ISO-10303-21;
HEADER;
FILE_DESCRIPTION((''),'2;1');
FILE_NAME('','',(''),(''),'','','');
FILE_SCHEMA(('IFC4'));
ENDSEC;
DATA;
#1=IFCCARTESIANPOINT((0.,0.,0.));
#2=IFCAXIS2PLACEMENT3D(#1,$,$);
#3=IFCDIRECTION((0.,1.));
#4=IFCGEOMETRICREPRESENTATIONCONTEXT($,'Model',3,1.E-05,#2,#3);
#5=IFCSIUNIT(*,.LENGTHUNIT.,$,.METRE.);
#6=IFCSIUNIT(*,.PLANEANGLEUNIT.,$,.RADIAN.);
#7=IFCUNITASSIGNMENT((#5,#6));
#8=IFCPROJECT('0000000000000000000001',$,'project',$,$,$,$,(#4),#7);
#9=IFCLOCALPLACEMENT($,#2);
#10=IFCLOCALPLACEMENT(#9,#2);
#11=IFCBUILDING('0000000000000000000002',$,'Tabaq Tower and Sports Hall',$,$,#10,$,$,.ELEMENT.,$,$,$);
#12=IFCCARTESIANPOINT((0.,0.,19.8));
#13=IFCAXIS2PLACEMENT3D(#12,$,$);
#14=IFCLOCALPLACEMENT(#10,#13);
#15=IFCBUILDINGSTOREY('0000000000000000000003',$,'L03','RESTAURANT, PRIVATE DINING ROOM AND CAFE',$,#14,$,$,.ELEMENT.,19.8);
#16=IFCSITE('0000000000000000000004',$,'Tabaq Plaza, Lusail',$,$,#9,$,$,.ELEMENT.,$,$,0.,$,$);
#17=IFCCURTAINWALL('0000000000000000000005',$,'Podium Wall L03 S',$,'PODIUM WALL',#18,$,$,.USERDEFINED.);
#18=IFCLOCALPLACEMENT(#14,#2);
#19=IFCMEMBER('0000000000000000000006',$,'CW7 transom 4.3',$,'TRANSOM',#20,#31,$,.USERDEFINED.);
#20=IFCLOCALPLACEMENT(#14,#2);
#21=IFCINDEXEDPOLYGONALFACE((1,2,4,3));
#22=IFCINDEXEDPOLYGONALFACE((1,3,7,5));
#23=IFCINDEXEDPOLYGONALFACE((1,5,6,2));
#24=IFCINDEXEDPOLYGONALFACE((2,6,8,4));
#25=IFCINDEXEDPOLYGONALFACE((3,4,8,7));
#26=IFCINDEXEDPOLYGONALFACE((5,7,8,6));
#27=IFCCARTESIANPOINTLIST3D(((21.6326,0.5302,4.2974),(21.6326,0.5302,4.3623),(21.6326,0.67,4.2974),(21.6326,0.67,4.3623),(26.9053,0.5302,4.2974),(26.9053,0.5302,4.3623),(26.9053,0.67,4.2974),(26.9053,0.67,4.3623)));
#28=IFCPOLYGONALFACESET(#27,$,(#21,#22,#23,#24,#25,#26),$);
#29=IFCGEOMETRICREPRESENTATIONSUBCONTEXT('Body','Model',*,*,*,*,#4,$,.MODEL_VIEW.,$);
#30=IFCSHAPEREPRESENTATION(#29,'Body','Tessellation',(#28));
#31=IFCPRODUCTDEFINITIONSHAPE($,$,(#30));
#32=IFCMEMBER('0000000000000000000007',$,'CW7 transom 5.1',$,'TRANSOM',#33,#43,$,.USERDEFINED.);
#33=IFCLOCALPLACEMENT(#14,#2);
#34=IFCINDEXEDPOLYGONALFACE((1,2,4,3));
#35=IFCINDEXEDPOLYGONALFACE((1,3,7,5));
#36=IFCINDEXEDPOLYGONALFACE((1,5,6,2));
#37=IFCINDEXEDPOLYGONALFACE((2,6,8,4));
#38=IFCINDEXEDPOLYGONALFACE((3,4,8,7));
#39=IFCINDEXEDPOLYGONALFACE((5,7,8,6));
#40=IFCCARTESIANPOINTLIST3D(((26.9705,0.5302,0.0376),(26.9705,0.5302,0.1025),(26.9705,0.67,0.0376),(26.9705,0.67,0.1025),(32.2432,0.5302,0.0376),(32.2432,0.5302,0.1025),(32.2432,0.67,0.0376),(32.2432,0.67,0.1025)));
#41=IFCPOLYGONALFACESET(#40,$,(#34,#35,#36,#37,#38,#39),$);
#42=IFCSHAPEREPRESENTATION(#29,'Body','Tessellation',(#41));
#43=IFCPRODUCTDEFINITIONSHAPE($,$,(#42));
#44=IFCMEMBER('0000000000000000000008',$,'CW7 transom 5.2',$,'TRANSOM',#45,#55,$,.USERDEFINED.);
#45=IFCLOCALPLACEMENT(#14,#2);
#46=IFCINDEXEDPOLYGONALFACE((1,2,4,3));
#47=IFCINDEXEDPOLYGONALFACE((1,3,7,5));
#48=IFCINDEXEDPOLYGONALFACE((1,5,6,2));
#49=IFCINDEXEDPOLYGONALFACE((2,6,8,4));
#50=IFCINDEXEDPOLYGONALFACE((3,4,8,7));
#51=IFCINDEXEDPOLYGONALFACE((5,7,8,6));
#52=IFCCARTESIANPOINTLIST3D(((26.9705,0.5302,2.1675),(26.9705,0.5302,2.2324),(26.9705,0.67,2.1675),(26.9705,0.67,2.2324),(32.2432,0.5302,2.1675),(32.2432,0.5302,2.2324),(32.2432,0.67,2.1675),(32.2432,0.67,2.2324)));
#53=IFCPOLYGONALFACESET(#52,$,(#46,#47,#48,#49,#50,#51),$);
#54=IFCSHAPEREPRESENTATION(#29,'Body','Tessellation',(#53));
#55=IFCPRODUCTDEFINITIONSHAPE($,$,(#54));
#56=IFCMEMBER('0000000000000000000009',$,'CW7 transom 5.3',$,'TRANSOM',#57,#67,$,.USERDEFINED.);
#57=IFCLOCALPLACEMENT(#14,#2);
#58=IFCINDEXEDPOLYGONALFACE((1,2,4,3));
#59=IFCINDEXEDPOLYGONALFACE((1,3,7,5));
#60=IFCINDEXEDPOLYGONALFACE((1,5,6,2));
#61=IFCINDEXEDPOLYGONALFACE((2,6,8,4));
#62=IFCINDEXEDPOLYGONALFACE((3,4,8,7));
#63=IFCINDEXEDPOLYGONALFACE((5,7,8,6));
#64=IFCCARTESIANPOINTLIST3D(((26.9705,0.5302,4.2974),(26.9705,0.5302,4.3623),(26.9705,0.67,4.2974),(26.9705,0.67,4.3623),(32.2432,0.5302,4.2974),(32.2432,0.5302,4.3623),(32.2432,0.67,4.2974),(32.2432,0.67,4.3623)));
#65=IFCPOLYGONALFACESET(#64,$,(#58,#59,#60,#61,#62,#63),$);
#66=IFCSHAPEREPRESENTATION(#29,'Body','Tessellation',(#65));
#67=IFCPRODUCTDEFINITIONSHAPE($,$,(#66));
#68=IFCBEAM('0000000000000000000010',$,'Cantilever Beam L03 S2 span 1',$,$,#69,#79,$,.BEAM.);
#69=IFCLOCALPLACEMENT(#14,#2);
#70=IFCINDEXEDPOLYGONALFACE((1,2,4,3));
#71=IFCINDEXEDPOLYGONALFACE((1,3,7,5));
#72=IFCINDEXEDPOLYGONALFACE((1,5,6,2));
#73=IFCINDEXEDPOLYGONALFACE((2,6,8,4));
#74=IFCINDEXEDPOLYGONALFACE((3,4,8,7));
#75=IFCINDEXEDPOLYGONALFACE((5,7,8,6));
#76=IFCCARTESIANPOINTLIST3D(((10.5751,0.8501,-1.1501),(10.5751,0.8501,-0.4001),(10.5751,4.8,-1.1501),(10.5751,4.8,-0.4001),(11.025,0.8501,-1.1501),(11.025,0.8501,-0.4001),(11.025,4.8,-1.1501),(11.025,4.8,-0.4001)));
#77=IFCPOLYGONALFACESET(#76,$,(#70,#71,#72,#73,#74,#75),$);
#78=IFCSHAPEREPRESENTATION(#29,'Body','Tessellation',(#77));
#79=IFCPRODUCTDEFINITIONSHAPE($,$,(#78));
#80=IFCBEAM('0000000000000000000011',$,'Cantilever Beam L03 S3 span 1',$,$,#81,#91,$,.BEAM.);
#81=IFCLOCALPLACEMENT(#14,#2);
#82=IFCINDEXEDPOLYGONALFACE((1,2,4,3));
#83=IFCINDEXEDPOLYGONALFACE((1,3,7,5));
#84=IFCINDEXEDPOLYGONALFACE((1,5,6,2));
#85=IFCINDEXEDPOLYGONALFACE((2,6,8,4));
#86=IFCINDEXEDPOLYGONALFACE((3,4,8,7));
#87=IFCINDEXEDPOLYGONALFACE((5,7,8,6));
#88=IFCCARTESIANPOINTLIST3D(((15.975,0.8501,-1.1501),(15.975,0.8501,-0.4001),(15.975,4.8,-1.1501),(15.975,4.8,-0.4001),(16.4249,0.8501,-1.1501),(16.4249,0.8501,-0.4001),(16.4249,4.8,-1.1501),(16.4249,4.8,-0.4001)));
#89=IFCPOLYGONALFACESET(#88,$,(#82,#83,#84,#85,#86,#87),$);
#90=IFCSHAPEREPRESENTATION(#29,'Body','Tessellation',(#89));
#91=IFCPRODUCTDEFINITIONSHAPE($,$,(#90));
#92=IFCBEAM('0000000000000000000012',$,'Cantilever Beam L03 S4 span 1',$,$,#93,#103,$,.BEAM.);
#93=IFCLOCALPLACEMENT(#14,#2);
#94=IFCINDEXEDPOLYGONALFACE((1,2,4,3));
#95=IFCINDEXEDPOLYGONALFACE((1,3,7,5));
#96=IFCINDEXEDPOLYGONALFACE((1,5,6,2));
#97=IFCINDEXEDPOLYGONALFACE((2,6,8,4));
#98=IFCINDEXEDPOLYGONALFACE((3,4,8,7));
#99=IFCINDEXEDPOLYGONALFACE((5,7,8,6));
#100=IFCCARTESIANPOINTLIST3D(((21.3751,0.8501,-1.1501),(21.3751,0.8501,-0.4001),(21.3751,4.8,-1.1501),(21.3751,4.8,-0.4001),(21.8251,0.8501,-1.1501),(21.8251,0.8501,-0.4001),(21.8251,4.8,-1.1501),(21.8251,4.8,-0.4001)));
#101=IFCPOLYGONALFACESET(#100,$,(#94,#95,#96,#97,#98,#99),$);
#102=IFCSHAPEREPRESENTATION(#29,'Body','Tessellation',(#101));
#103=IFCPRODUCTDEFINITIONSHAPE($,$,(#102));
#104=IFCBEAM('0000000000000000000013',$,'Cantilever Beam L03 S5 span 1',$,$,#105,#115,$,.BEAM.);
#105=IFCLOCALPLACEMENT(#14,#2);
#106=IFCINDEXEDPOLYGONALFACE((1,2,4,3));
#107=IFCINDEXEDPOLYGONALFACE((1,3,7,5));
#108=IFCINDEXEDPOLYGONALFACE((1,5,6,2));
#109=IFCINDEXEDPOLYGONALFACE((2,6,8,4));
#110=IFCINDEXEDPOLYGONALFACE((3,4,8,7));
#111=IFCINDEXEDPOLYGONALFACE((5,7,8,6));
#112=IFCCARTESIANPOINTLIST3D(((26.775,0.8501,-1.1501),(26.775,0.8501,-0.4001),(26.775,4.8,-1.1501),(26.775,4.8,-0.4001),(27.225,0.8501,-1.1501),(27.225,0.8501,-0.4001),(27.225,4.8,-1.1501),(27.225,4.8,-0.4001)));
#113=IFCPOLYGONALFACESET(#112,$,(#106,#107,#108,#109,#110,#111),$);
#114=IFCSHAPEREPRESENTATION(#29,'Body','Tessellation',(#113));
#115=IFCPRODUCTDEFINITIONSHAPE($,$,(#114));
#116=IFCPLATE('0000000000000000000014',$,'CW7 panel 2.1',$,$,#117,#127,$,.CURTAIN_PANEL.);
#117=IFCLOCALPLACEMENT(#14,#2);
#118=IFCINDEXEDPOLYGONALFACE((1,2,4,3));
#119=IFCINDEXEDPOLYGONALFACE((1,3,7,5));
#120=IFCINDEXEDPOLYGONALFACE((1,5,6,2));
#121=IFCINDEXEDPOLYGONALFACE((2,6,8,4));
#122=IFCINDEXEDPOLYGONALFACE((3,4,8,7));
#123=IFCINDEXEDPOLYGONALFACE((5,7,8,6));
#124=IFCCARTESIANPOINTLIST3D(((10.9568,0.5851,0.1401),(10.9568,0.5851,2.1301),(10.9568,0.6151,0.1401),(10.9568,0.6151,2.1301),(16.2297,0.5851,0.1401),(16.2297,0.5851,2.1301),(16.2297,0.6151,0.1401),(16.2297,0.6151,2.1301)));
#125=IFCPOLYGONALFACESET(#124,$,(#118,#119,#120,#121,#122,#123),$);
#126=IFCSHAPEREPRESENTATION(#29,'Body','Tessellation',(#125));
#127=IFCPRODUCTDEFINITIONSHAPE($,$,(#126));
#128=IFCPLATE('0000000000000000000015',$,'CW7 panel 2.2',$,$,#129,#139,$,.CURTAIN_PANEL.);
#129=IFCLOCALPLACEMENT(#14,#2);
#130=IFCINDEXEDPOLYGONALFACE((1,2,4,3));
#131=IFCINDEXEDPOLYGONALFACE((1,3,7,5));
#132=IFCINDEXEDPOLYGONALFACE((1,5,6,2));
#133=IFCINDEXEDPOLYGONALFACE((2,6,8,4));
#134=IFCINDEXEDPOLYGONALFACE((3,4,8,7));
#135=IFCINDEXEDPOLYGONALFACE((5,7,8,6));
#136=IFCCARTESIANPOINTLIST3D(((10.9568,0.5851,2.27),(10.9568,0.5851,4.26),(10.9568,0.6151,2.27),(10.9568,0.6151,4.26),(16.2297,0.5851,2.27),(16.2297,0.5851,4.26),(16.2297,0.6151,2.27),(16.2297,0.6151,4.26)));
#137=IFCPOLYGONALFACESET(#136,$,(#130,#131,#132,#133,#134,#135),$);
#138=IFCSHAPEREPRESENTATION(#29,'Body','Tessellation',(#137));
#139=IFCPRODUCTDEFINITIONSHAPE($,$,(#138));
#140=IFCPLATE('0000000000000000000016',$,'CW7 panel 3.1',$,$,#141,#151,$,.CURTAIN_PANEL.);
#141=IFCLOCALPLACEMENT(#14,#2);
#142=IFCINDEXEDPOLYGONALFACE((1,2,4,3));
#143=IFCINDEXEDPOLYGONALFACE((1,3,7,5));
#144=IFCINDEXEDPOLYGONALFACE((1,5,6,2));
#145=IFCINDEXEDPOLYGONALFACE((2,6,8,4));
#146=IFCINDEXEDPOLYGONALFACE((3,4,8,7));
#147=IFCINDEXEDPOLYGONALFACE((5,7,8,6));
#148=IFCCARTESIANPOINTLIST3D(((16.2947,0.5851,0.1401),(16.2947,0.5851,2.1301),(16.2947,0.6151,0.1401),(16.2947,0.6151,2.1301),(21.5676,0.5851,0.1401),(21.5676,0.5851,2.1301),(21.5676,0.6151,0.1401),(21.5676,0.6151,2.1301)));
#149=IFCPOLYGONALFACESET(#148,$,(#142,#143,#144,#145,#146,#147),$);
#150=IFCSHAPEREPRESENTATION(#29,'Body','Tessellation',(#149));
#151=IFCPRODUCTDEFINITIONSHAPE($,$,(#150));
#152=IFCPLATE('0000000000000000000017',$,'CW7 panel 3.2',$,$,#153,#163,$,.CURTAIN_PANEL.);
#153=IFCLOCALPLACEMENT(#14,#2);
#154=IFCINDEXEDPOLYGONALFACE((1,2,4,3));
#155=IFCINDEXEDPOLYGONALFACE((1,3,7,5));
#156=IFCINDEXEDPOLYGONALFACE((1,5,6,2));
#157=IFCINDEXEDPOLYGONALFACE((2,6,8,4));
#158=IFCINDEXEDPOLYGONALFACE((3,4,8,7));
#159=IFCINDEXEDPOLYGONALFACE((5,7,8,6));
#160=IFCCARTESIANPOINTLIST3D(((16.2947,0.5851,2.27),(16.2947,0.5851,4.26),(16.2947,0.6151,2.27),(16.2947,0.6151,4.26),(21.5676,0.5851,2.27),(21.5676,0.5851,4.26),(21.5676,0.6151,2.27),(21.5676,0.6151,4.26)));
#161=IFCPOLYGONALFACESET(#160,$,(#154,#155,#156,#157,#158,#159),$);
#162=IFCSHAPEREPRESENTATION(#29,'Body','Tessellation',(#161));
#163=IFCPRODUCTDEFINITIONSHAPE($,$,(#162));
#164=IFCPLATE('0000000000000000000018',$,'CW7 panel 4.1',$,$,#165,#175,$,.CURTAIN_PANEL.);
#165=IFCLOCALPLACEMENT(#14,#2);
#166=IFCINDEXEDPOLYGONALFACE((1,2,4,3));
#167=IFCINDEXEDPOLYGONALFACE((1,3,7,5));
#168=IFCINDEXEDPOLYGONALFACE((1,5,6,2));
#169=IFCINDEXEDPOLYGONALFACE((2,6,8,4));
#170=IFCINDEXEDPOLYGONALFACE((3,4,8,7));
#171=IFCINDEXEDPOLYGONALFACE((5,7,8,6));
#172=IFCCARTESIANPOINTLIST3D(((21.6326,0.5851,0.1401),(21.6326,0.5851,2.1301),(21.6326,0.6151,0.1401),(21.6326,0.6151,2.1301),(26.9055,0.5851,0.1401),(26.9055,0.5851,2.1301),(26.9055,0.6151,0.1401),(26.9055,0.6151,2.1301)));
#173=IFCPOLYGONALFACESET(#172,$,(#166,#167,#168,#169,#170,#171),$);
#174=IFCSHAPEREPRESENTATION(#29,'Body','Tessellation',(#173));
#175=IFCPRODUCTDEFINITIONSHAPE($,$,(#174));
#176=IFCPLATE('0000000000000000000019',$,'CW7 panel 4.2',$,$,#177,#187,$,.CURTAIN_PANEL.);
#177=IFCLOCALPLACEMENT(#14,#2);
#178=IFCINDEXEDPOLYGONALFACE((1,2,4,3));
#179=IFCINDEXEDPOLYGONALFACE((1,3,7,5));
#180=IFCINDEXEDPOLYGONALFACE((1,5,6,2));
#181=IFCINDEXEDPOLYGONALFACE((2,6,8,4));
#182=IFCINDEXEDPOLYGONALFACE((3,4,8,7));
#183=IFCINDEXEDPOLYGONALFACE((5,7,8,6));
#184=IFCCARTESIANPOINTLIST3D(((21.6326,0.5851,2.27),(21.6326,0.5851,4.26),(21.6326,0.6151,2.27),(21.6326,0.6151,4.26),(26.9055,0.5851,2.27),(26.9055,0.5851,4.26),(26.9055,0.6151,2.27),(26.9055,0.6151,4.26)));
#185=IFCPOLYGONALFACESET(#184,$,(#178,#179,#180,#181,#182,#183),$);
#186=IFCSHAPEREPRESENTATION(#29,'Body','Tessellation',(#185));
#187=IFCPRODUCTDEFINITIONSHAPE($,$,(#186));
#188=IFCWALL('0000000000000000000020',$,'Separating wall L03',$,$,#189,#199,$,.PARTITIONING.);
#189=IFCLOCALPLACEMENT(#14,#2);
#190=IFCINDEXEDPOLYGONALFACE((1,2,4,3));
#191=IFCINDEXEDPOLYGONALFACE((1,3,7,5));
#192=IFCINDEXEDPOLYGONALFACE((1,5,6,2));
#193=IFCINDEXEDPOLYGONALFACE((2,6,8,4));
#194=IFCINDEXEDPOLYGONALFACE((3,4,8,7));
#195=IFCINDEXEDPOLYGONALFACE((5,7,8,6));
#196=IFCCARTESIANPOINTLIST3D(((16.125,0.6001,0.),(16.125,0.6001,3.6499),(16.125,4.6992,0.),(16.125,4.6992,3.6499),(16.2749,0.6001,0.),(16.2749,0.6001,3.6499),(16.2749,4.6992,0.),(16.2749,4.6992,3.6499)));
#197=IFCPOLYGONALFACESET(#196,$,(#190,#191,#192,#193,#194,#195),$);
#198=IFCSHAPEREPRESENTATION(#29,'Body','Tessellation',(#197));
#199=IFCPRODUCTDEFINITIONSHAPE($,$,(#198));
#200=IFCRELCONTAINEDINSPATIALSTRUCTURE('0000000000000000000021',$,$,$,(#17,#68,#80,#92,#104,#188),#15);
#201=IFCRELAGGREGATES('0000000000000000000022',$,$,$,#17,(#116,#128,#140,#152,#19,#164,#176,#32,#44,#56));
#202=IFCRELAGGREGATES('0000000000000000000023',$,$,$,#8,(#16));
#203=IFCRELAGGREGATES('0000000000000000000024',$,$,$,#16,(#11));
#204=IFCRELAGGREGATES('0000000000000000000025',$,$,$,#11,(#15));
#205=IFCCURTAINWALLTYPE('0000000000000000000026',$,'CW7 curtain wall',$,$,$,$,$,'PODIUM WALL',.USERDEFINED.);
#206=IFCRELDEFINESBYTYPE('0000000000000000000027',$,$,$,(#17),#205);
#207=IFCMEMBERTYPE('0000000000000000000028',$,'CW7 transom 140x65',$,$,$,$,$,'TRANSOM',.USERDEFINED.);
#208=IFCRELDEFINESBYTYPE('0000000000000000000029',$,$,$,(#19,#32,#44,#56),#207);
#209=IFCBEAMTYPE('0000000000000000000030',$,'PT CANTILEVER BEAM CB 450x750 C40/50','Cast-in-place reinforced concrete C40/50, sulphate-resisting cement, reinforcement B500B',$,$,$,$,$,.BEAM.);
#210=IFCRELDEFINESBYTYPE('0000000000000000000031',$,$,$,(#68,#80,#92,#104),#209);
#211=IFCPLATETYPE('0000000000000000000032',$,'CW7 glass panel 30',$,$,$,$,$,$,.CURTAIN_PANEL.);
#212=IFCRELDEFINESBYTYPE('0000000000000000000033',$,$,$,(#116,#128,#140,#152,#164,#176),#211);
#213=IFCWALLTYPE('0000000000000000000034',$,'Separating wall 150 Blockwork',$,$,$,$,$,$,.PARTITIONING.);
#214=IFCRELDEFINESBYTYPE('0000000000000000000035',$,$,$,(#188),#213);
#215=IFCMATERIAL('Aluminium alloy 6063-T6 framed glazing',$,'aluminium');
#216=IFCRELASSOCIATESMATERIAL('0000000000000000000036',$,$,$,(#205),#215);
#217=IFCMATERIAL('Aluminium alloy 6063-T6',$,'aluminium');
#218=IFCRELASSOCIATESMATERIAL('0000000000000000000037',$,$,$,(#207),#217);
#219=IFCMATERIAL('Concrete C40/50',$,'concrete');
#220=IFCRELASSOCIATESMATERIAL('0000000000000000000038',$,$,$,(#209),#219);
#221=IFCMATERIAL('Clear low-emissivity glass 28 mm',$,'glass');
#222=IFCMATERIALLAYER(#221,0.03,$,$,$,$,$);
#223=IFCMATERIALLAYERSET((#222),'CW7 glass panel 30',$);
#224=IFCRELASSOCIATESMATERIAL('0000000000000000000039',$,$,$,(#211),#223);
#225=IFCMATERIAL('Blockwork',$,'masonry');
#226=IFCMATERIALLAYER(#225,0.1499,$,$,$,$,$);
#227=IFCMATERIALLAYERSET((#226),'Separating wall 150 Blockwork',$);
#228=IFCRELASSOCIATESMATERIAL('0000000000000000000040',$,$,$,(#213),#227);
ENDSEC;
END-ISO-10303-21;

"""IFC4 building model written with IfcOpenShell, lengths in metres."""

from ifc_helpers import new_model, si_unit, direction, frame, frame_2d, origin, origin_2d, place, context, subcontext, project, spatial, rectangle, extrude, material, layer, layer_set, material_profile, profile_set, type_object, element, aggregate, save


model = new_model("IFC4")

# Units and contexts
model_context = context("Model", 3, precision=1e-05, world=origin(), true_north=direction((0.0, 1.0)))
body_context = subcontext(model_context, "Body", "Model", "MODEL_VIEW")
ifc_project = project(units=[si_unit("LENGTHUNIT", "METRE"), si_unit("PLANEANGLEUNIT", "RADIAN")], contexts=[model_context])

# Site, building, storey
site_placement = place(None, origin())
site = spatial("IfcSite", under=ifc_project, at=site_placement, Name="Tabaq Plaza, Lusail", CompositionType="ELEMENT", RefElevation=0.0)
building_placement = place(site_placement, origin())
building = spatial("IfcBuilding", under=site, at=building_placement, Name="Tabaq Tower and Sports Hall", CompositionType="ELEMENT")
storey_placement = place(building_placement, frame((0.0, 0.0, 19.8)))
storey = spatial("IfcBuildingStorey", under=building, at=storey_placement, Name="L03", Description="RESTAURANT, PRIVATE DINING ROOM AND CAFE", CompositionType="ELEMENT", Elevation=19.8)

# Curtain wall, members
ifc_material_1 = material(Name="Aluminium alloy 6063-T6 framed glazing", Category="aluminium")
curtain_wall_type = type_object("IfcCurtainWallType", Name="CW7 curtain wall", ElementType="PODIUM WALL", PredefinedType="USERDEFINED", material=ifc_material_1)
curtain_wall_placement = place(storey_placement, origin())
curtain_wall = element("IfcCurtainWall", 1, at=curtain_wall_placement, inside=storey, type_object=curtain_wall_type, Name="Podium Wall L03 S", ObjectType="PODIUM WALL", PredefinedType="USERDEFINED")
ifc_material_2 = material(Name="Aluminium alloy 6063-T6", Category="aluminium")
ifc_material_profile_1 = material_profile(ifc_material_2, rectangle(XDim=0.1399, YDim=0.0649, at=origin_2d()), Name="TRANSOM 140x65")
ifc_profile_set_1 = profile_set([ifc_material_profile_1], Name="Aluminium alloy 6063-T6")
member_type_1 = type_object("IfcMemberType", Name="CW7 transom 140x65", ElementType="TRANSOM", PredefinedType="USERDEFINED", material=ifc_profile_set_1)
member_1_placement = place(storey_placement, frame((21.6326, 0.6001, 4.3298), z_axis=(1.0, 0.0, 0.0), x_axis=(0.0, 1.0, 0.0)))
member_1 = element("IfcMember", 2, at=member_1_placement, type_object=member_type_1, Name="CW7 transom 4.3", ObjectType="TRANSOM", PredefinedType="USERDEFINED", context=body_context, shape_type="SweptSolid", body=[
    extrude(rectangle(XDim=0.1399, YDim=0.0649, at=origin_2d()), origin(), (0.0, 0.0, 1.0), 5.2727),
])
member_2_placement = place(storey_placement, frame((26.9705, 0.6001, 0.0701), z_axis=(1.0, 0.0, 0.0), x_axis=(0.0, 1.0, 0.0)))
member_2 = element("IfcMember", 3, at=member_2_placement, type_object=member_type_1, Name="CW7 transom 5.1", ObjectType="TRANSOM", PredefinedType="USERDEFINED", context=body_context, shape_type="SweptSolid", body=[
    extrude(rectangle(XDim=0.1399, YDim=0.0649, at=origin_2d()), origin(), (0.0, 0.0, 1.0), 5.2727),
])
member_3_placement = place(storey_placement, frame((26.9705, 0.6001, 2.2), z_axis=(1.0, 0.0, 0.0), x_axis=(0.0, 1.0, 0.0)))
member_3 = element("IfcMember", 4, at=member_3_placement, type_object=member_type_1, Name="CW7 transom 5.2", ObjectType="TRANSOM", PredefinedType="USERDEFINED", context=body_context, shape_type="SweptSolid", body=[
    extrude(rectangle(XDim=0.1399, YDim=0.0649, at=origin_2d()), origin(), (0.0, 0.0, 1.0), 5.2727),
])
member_4_placement = place(storey_placement, frame((26.9705, 0.6001, 4.3298), z_axis=(1.0, 0.0, 0.0), x_axis=(0.0, 1.0, 0.0)))
member_4 = element("IfcMember", 5, at=member_4_placement, type_object=member_type_1, Name="CW7 transom 5.3", ObjectType="TRANSOM", PredefinedType="USERDEFINED", context=body_context, shape_type="SweptSolid", body=[
    extrude(rectangle(XDim=0.1399, YDim=0.0649, at=origin_2d()), origin(), (0.0, 0.0, 1.0), 5.2727),
])

# Beams
ifc_material_3 = material(Name="Concrete C40/50", Category="concrete")
ifc_material_profile_2 = material_profile(ifc_material_3, rectangle(XDim=0.45, YDim=0.75, at=origin_2d()), Name="CB 450x750")
ifc_profile_set_2 = profile_set([ifc_material_profile_2], Name="Concrete C40/50")
beam_type = type_object("IfcBeamType", Name="PT CANTILEVER BEAM CB 450x750 C40/50", Description="Cast-in-place reinforced concrete C40/50, sulphate-resisting cement, reinforcement B500B", PredefinedType="BEAM", material=ifc_profile_set_2)
for number, where, z_axis, x_axis, name in (
    (6, (10.8, 0.8501, -0.7751), (0.0, 1.0, 0.0), (-1.0, 0.0, 0.0), "Cantilever Beam L03 S2 span 1"),
    (7, (16.2, 0.8501, -0.7751), (0.0, 1.0, 0.0), (-1.0, 0.0, 0.0), "Cantilever Beam L03 S3 span 1"),
    (8, (21.6001, 0.8501, -0.7751), (0.0, 1.0, 0.0), (-1.0, 0.0, 0.0), "Cantilever Beam L03 S4 span 1"),
    (9, (27.0, 0.8501, -0.7751), (0.0, 1.0, 0.0), (-1.0, 0.0, 0.0), "Cantilever Beam L03 S5 span 1"),
):
    element("IfcBeam", number, at=place(storey_placement, frame(where, z_axis=z_axis, x_axis=x_axis)), inside=storey, type_object=beam_type, Name=name, PredefinedType="BEAM", context=body_context, shape_type="SweptSolid", body=[
        extrude(rectangle(XDim=0.45, YDim=0.75, at=origin_2d()), origin(), (0.0, 0.0, 1.0), 3.95),
    ])

# Plates
ifc_material_4 = material(Name="Clear low-emissivity glass 28 mm", Category="glass")
ifc_layer_1 = layer(ifc_material_4, 0.03)
ifc_layer_set_1 = layer_set([ifc_layer_1], Name="CW7 glass panel 30")
plate_type = type_object("IfcPlateType", Name="CW7 glass panel 30", PredefinedType="CURTAIN_PANEL", material=ifc_layer_set_1)
plate_1_placement = place(storey_placement, frame((13.5933, 0.6001, 0.1401), z_axis=(0.0, 0.0, 1.0), x_axis=(1.0, 0.0, 0.0)))
plate_1 = element("IfcPlate", 10, at=plate_1_placement, type_object=plate_type, Name="CW7 panel 2.1", PredefinedType="CURTAIN_PANEL", context=body_context, shape_type="SweptSolid", body=[
    extrude(rectangle(XDim=5.2729, YDim=0.03, at=origin_2d()), origin(), (0.0, 0.0, 1.0), 1.99),
])
plate_2_placement = place(storey_placement, frame((13.5933, 0.6001, 2.27), z_axis=(0.0, 0.0, 1.0), x_axis=(1.0, 0.0, 0.0)))
plate_2 = element("IfcPlate", 11, at=plate_2_placement, type_object=plate_type, Name="CW7 panel 2.2", PredefinedType="CURTAIN_PANEL", context=body_context, shape_type="SweptSolid", body=[
    extrude(rectangle(XDim=5.2729, YDim=0.03, at=origin_2d()), origin(), (0.0, 0.0, 1.0), 1.99),
])
plate_3_placement = place(storey_placement, frame((18.9312, 0.6001, 0.1401), z_axis=(0.0, 0.0, 1.0), x_axis=(1.0, 0.0, 0.0)))
plate_3 = element("IfcPlate", 12, at=plate_3_placement, type_object=plate_type, Name="CW7 panel 3.1", PredefinedType="CURTAIN_PANEL", context=body_context, shape_type="SweptSolid", body=[
    extrude(rectangle(XDim=5.2729, YDim=0.03, at=origin_2d()), origin(), (0.0, 0.0, 1.0), 1.99),
])
plate_4_placement = place(storey_placement, frame((18.9312, 0.6001, 2.27), z_axis=(0.0, 0.0, 1.0), x_axis=(1.0, 0.0, 0.0)))
plate_4 = element("IfcPlate", 13, at=plate_4_placement, type_object=plate_type, Name="CW7 panel 3.2", PredefinedType="CURTAIN_PANEL", context=body_context, shape_type="SweptSolid", body=[
    extrude(rectangle(XDim=5.2729, YDim=0.03, at=origin_2d()), origin(), (0.0, 0.0, 1.0), 1.99),
])
plate_5_placement = place(storey_placement, frame((24.269, 0.6001, 0.1401), z_axis=(0.0, 0.0, 1.0), x_axis=(1.0, 0.0, 0.0)))
plate_5 = element("IfcPlate", 14, at=plate_5_placement, type_object=plate_type, Name="CW7 panel 4.1", PredefinedType="CURTAIN_PANEL", context=body_context, shape_type="SweptSolid", body=[
    extrude(rectangle(XDim=5.2729, YDim=0.03, at=origin_2d()), origin(), (0.0, 0.0, 1.0), 1.99),
])
plate_6_placement = place(storey_placement, frame((24.269, 0.6001, 2.27), z_axis=(0.0, 0.0, 1.0), x_axis=(1.0, 0.0, 0.0)))
plate_6 = element("IfcPlate", 15, at=plate_6_placement, type_object=plate_type, Name="CW7 panel 4.2", PredefinedType="CURTAIN_PANEL", context=body_context, shape_type="SweptSolid", body=[
    extrude(rectangle(XDim=5.2729, YDim=0.03, at=origin_2d()), origin(), (0.0, 0.0, 1.0), 1.99),
])
aggregate(curtain_wall, [plate_1, plate_2, plate_3, plate_4, member_1, plate_5, plate_6, member_2, member_3, member_4])

# Wall
ifc_material_5 = material(Name="Blockwork", Category="masonry")
ifc_layer_2 = layer(ifc_material_5, 0.1499)
ifc_layer_set_2 = layer_set([ifc_layer_2], Name="Separating wall 150 Blockwork")
wall_type = type_object("IfcWallType", Name="Separating wall 150 Blockwork", PredefinedType="PARTITIONING", material=ifc_layer_set_2)
wall_placement = place(storey_placement, frame((16.2, 0.6001, 0.0), z_axis=(0.0, 0.0, 1.0), x_axis=(0.0, 1.0, 0.0)))
element("IfcWall", 16, at=wall_placement, inside=storey, type_object=wall_type, Name="Separating wall L03", PredefinedType="PARTITIONING", context=body_context, shape_type="SweptSolid", body=[
    extrude(rectangle(XDim=4.0991, YDim=0.1499, at=frame_2d((2.0496, 0.0))), origin(), (0.0, 0.0, 1.0), 3.6499),
])

save(model, "model.ifc")
